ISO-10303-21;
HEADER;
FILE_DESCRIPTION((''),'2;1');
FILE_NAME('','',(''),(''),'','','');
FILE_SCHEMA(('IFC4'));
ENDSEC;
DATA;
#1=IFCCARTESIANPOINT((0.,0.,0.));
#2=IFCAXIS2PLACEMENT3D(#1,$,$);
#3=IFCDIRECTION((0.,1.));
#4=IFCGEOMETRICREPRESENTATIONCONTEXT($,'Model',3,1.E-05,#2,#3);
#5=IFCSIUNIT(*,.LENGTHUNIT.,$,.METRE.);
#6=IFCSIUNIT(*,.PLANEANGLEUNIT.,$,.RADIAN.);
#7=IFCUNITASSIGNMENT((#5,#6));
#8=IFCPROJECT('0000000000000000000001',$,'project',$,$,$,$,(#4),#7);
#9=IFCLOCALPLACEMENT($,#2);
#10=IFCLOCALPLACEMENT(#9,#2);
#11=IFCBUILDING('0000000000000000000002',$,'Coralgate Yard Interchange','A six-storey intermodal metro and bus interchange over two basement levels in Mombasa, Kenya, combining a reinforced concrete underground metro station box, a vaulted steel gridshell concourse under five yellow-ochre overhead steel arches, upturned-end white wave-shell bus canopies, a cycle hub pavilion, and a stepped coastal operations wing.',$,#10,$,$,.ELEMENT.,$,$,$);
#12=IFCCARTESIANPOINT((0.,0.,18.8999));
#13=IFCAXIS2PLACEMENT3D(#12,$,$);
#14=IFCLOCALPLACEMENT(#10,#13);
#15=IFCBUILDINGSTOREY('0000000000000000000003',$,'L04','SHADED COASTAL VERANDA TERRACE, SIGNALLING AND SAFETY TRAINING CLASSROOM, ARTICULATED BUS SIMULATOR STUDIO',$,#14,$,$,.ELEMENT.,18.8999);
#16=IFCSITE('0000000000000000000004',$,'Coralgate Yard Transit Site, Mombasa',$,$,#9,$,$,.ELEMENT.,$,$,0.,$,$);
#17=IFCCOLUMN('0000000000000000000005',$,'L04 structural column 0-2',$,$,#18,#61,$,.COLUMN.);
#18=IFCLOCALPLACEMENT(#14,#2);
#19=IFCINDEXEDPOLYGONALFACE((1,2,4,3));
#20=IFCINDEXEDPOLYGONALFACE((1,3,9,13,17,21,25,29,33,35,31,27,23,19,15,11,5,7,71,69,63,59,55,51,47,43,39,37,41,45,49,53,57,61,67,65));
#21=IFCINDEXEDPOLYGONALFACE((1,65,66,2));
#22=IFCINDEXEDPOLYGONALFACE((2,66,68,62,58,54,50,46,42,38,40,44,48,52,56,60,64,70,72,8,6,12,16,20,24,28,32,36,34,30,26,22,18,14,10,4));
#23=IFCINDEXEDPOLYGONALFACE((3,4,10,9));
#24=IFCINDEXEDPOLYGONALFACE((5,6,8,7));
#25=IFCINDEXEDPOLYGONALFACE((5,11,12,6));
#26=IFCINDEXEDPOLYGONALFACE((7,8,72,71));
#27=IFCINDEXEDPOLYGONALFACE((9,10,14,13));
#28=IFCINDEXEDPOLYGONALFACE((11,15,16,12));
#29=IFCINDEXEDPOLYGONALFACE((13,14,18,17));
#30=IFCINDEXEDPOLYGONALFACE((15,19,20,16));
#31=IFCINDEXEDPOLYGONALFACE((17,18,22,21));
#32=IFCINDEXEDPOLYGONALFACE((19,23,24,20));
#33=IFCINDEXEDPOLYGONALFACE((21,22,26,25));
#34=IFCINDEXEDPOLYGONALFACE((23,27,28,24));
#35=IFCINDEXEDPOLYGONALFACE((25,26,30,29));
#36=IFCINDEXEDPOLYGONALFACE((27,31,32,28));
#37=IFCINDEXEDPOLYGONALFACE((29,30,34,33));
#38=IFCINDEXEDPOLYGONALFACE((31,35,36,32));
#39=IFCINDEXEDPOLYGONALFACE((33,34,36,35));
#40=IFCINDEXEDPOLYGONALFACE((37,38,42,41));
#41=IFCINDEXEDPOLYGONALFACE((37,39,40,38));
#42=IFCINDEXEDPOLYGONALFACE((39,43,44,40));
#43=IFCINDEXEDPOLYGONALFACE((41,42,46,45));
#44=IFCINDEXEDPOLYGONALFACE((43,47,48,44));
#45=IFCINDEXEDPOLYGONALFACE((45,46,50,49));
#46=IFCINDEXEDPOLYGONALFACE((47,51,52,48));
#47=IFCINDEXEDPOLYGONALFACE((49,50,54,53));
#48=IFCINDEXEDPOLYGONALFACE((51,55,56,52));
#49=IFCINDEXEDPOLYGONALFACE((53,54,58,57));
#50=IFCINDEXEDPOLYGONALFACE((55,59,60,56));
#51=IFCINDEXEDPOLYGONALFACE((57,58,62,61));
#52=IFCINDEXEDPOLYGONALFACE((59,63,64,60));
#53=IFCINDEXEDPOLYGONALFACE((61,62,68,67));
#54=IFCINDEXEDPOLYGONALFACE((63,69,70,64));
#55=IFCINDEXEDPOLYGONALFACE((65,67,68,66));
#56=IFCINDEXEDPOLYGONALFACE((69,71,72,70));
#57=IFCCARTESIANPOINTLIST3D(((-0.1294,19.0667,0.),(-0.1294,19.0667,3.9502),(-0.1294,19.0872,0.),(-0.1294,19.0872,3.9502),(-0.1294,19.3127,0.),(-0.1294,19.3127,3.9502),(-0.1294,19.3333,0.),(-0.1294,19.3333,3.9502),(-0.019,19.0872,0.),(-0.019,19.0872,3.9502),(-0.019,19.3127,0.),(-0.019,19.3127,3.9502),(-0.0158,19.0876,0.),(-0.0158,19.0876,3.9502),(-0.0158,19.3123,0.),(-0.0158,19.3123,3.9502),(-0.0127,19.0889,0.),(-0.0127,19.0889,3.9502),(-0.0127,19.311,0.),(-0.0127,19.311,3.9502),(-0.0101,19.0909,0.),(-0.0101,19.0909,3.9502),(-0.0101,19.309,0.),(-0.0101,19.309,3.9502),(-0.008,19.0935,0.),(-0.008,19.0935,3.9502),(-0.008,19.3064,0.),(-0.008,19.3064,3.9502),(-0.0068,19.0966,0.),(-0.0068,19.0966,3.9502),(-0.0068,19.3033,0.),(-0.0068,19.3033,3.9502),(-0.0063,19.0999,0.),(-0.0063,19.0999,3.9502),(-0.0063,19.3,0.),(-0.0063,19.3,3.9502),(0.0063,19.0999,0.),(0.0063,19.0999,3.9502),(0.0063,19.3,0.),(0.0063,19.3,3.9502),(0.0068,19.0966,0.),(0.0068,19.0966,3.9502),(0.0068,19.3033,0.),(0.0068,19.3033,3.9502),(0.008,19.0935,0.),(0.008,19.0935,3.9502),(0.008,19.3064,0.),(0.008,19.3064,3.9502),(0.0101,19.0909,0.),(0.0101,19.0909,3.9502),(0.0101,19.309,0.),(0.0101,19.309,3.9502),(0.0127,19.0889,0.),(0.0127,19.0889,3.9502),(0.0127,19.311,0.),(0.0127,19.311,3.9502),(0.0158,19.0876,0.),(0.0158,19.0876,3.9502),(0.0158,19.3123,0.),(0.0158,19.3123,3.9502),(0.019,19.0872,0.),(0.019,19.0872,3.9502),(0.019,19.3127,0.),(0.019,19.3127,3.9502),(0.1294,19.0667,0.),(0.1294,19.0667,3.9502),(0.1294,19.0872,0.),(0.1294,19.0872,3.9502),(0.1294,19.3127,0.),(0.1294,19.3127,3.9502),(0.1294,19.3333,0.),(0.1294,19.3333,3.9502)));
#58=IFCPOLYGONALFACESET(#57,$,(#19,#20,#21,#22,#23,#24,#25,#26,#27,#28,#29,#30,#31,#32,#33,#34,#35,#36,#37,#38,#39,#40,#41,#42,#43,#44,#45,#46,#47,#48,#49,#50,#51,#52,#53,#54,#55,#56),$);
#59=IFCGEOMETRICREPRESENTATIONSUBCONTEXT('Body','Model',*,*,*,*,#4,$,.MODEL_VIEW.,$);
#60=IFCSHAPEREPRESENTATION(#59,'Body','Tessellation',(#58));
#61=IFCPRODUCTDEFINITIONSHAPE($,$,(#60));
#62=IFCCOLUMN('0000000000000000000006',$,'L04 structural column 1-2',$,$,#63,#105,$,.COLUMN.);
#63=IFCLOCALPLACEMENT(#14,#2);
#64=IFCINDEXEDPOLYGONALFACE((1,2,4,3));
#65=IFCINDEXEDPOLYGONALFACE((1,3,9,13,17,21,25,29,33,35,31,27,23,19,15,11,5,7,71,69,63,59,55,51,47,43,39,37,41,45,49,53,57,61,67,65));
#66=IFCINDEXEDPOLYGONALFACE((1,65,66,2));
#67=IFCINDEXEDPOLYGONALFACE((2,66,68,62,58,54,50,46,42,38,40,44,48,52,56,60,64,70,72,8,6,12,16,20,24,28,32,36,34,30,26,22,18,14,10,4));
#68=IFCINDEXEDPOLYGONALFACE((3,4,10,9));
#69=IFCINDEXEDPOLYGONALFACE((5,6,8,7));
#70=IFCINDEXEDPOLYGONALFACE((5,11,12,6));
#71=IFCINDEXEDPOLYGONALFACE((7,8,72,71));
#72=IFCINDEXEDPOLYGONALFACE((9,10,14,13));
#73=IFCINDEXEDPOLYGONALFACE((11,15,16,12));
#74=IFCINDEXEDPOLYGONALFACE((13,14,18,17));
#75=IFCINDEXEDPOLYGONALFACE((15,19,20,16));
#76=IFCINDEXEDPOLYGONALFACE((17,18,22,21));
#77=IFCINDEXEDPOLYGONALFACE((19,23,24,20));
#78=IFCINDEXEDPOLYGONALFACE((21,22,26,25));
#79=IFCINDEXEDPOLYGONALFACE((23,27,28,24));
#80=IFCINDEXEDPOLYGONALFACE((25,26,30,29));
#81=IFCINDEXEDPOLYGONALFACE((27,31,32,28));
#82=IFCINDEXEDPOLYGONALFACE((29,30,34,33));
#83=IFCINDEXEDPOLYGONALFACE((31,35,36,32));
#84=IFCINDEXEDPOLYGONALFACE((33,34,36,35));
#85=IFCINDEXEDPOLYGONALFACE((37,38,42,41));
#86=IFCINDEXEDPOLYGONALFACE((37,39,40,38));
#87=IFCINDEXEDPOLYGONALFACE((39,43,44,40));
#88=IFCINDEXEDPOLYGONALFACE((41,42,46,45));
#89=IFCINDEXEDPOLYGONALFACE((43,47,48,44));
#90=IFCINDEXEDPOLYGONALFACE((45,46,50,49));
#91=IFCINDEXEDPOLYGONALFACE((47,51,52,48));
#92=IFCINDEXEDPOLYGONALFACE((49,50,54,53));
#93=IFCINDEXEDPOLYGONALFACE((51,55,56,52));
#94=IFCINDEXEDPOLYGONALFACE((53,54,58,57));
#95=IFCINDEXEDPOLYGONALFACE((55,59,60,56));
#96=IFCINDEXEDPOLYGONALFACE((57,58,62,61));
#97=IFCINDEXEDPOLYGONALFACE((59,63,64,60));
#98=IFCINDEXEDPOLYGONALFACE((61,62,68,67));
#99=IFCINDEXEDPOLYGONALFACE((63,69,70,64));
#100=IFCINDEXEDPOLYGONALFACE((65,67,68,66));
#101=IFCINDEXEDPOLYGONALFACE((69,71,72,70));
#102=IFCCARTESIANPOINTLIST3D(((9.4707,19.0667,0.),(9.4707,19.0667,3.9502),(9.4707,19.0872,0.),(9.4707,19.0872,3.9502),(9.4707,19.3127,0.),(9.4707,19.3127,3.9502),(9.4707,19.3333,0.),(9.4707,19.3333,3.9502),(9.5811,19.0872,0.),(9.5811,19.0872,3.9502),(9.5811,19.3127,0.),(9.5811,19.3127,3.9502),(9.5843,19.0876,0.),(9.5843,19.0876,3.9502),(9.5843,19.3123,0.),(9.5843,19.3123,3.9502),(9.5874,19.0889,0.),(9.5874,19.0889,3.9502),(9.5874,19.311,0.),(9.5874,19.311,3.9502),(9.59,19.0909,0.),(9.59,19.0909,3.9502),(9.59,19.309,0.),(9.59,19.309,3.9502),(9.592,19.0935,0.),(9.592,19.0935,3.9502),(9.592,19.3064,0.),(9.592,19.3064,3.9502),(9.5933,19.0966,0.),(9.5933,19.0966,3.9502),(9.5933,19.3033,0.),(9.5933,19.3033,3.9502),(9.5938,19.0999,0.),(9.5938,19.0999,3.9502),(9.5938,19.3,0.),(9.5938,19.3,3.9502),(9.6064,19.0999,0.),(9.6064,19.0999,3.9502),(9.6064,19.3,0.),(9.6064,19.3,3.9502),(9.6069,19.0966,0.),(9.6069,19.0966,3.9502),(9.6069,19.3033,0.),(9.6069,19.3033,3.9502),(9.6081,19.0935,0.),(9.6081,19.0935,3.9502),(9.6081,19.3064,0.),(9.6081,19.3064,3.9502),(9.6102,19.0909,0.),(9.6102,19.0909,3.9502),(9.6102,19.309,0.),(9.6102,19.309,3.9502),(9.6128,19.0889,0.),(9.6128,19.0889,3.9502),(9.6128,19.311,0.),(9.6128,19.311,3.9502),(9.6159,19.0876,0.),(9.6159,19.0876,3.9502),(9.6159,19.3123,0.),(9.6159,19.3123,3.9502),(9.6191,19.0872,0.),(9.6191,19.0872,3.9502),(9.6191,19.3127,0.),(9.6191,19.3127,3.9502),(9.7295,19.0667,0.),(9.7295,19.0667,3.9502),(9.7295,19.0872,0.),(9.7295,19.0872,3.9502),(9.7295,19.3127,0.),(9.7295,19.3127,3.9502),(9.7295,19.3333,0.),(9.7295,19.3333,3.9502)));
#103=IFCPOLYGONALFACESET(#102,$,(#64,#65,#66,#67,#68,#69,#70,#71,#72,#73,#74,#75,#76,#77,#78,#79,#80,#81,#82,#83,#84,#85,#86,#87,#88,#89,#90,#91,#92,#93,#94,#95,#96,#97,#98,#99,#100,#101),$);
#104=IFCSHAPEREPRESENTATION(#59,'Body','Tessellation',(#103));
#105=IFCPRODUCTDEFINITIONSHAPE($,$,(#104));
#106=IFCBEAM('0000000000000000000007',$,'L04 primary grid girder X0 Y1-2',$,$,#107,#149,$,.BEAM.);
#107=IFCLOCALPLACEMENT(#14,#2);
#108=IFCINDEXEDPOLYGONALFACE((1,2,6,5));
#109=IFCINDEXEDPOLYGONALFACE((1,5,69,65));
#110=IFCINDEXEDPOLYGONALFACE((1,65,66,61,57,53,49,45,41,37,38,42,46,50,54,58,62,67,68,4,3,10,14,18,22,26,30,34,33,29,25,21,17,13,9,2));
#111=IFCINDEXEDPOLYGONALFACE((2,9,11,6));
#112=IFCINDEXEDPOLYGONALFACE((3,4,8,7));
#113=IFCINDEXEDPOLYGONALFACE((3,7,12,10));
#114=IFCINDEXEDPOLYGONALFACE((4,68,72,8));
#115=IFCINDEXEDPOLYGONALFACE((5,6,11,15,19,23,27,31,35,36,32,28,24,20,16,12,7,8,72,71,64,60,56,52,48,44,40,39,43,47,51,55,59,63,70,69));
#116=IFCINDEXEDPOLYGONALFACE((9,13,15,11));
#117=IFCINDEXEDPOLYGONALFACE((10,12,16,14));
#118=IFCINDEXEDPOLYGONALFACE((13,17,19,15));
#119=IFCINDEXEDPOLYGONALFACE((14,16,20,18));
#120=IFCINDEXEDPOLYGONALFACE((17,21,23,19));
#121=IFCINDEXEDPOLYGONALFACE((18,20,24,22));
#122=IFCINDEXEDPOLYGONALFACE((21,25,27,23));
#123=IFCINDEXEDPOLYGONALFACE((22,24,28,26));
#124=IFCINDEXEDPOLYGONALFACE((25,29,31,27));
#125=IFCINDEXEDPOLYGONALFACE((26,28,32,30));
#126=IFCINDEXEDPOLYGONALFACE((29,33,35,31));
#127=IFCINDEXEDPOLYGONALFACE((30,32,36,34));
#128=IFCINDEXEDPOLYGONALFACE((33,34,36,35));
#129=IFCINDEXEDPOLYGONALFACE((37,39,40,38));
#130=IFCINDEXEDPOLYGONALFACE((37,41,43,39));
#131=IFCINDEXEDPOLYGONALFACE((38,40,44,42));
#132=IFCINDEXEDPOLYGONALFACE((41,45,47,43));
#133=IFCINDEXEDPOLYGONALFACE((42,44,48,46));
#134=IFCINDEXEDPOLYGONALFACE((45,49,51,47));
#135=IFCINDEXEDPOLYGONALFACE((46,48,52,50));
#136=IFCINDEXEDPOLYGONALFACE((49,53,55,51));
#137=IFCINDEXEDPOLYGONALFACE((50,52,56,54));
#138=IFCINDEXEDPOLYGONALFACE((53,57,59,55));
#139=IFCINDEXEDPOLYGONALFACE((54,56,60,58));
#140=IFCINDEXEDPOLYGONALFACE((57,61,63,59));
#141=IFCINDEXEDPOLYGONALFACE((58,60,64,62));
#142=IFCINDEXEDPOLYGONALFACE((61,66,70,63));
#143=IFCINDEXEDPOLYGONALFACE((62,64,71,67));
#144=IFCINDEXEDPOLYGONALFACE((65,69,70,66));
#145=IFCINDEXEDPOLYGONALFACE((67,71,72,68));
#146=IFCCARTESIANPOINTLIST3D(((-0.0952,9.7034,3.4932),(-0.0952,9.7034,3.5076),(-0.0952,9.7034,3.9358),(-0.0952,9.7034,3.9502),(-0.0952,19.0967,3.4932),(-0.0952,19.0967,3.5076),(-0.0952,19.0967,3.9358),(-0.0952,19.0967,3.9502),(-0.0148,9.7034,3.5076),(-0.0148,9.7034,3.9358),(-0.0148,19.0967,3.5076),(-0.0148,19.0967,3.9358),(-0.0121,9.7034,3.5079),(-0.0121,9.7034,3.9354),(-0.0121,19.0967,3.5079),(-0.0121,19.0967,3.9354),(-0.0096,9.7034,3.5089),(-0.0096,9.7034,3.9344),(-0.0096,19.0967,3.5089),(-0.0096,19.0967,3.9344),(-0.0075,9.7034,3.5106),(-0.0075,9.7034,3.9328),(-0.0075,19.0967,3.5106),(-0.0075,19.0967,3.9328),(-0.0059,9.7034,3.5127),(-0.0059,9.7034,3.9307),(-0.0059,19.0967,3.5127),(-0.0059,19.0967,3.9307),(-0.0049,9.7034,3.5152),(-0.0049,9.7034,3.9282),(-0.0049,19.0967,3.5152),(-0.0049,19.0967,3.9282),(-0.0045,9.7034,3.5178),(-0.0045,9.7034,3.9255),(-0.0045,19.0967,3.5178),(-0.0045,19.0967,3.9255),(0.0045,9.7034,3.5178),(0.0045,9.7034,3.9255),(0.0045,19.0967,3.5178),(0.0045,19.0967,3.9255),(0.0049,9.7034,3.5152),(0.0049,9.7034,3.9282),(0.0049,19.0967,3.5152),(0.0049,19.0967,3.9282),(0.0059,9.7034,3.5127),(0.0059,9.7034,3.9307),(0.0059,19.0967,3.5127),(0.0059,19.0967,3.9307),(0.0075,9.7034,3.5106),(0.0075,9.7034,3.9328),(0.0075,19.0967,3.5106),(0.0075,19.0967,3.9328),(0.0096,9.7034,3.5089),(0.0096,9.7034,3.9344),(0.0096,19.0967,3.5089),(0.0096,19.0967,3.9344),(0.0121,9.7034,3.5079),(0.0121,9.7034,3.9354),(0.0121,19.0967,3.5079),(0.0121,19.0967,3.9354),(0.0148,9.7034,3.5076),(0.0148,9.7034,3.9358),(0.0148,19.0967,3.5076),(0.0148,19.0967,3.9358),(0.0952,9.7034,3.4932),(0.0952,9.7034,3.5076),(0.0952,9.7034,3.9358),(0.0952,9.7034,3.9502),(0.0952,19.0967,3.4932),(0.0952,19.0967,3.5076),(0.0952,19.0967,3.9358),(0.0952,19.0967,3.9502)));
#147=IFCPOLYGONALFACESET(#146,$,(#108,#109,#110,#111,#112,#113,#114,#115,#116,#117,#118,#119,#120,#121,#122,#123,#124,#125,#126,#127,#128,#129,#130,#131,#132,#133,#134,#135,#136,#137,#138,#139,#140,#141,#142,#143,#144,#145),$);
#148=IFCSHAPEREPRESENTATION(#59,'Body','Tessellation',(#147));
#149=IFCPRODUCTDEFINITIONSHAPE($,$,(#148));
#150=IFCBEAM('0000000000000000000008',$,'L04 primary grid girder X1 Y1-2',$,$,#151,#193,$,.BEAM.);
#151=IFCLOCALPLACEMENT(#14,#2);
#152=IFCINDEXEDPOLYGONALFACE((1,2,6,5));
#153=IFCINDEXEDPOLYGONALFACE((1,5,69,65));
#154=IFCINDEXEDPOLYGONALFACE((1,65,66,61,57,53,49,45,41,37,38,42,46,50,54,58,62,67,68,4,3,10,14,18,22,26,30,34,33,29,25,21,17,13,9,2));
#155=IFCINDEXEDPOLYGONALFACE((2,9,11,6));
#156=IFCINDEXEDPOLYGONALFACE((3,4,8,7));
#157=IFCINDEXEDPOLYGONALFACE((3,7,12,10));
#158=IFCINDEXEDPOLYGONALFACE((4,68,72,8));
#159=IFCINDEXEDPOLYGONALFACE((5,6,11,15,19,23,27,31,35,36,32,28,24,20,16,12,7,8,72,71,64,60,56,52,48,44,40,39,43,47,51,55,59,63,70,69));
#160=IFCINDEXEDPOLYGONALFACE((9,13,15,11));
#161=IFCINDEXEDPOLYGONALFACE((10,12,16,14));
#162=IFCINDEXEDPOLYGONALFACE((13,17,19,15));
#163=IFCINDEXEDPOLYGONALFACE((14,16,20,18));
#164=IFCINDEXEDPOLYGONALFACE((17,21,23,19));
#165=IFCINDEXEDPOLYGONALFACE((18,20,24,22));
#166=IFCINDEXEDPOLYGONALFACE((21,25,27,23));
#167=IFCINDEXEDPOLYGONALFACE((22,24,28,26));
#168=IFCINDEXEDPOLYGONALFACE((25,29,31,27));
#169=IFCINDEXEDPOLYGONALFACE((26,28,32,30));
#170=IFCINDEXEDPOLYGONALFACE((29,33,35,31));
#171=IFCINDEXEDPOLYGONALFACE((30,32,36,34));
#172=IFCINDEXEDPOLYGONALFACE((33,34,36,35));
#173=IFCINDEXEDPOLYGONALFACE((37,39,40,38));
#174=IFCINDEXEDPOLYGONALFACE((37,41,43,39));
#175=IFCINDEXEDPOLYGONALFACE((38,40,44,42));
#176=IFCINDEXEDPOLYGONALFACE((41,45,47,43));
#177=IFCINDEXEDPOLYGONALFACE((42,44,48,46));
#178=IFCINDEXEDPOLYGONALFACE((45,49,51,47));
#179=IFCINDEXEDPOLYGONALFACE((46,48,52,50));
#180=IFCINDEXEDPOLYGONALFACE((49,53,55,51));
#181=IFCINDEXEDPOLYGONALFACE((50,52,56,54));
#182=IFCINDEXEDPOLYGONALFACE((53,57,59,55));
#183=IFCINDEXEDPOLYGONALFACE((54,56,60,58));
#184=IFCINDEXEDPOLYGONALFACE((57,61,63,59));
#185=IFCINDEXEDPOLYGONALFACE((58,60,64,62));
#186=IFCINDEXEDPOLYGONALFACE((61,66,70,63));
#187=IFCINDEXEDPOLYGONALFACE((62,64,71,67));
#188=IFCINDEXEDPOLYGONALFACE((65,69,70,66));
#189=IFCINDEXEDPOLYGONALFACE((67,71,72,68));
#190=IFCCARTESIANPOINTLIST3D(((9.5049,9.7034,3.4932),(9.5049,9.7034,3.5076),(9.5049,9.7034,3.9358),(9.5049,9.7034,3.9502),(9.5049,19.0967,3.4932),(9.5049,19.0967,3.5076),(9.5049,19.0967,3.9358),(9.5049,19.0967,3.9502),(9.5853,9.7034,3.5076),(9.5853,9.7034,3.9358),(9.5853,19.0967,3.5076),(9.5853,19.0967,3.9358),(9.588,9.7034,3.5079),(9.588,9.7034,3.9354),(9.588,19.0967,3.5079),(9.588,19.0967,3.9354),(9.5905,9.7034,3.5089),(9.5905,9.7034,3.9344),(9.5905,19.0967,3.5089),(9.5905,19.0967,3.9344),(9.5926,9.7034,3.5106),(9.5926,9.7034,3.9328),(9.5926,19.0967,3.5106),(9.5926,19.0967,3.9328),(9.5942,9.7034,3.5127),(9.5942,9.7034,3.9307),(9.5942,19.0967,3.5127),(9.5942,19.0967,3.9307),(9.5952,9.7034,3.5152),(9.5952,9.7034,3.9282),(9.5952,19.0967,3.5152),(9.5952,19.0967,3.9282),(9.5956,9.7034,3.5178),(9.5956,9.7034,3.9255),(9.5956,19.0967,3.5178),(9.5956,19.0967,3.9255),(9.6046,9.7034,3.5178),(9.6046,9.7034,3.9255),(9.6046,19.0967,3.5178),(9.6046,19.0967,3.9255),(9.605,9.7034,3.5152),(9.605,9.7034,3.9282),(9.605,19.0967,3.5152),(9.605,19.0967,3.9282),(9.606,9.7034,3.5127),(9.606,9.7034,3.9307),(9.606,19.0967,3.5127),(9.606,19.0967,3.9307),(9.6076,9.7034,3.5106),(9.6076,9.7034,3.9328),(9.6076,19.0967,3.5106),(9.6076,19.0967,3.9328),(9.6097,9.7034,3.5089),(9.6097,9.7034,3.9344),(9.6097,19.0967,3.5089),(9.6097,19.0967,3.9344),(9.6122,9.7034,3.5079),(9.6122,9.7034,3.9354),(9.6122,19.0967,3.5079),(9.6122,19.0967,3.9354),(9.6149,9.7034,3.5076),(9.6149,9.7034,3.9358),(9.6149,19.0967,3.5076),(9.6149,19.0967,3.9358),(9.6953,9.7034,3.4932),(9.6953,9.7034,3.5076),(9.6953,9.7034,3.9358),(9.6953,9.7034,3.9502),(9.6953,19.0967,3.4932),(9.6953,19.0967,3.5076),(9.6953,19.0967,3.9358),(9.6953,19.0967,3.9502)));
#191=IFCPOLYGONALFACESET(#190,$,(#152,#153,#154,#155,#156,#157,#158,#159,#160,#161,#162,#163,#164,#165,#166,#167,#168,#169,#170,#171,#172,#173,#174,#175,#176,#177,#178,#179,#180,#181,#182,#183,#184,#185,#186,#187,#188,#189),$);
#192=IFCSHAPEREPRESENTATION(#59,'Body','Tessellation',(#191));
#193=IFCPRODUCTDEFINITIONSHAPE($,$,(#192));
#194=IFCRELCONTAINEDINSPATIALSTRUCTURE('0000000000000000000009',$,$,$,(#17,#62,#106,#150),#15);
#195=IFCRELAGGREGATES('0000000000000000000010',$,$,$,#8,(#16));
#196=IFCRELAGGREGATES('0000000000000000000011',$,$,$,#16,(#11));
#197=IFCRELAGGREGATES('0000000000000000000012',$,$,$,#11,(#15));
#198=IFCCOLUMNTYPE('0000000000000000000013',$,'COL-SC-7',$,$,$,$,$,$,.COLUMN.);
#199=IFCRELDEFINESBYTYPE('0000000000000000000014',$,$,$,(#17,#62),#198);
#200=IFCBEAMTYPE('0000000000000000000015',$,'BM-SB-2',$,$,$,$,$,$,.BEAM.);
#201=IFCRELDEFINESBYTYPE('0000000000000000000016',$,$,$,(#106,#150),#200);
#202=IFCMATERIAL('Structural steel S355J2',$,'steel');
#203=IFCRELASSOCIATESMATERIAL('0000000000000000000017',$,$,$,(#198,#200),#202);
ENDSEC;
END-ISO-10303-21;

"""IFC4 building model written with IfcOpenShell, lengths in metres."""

from ifc_helpers import new_model, si_unit, direction, frame, origin, origin_2d, place, context, subcontext, project, spatial, i_section, extrude, material, material_profile, profile_set, type_object, element, save


model = new_model("IFC4")

# Units and contexts
model_context = context("Model", 3, precision=1e-05, world=origin(), true_north=direction((0.0, 1.0)))
body_context = subcontext(model_context, "Body", "Model", "MODEL_VIEW")
ifc_project = project(units=[si_unit("LENGTHUNIT", "METRE"), si_unit("PLANEANGLEUNIT", "RADIAN")], contexts=[model_context])

# Site, building, storey
site_placement = place(None, origin())
site = spatial("IfcSite", under=ifc_project, at=site_placement, Name="Coralgate Yard Transit Site, Mombasa", CompositionType="ELEMENT", RefElevation=0.0)
building_placement = place(site_placement, origin())
building = spatial("IfcBuilding", under=site, at=building_placement, Name="Coralgate Yard Interchange", Description="A six-storey intermodal metro and bus interchange over two basement levels in Mombasa, Kenya, combining a reinforced concrete underground metro station box, a vaulted steel gridshell concourse under five yellow-ochre overhead steel arches, upturned-end white wave-shell bus canopies, a cycle hub pavilion, and a stepped coastal operations wing.", CompositionType="ELEMENT")
storey_placement = place(building_placement, frame((0.0, 0.0, 18.8999)))
storey = spatial("IfcBuildingStorey", under=building, at=storey_placement, Name="L04", Description="SHADED COASTAL VERANDA TERRACE, SIGNALLING AND SAFETY TRAINING CLASSROOM, ARTICULATED BUS SIMULATOR STUDIO", CompositionType="ELEMENT", Elevation=18.8999)

# Columns
ifc_material_1 = material(Name="Structural steel S355J2", Category="steel")
ifc_material_profile_1 = material_profile(ifc_material_1, i_section(OverallWidth=0.2588, OverallDepth=0.2666, WebThickness=0.0127, FlangeThickness=0.0205, FilletRadius=0.0127, at=origin_2d()), Name="UC 254x254x107")
ifc_profile_set_1 = profile_set([ifc_material_profile_1], Name="Structural steel S355J2")
column_type = type_object("IfcColumnType", Name="COL-SC-7", PredefinedType="COLUMN", material=ifc_profile_set_1)
for number, where, z_axis, x_axis, name in (
    (1, (0.0, 19.2, 0.0), (0.0, 0.0, 1.0), (1.0, 0.0, 0.0), "L04 structural column 0-2"),
    (2, (9.6001, 19.2, 0.0), (0.0, 0.0, 1.0), (1.0, 0.0, 0.0), "L04 structural column 1-2"),
):
    element("IfcColumn", number, at=place(storey_placement, frame(where, z_axis=z_axis, x_axis=x_axis)), inside=storey, type_object=column_type, Name=name, PredefinedType="COLUMN", context=body_context, shape_type="SweptSolid", body=[
        extrude(i_section(OverallWidth=0.2588, OverallDepth=0.2666, WebThickness=0.0127, FlangeThickness=0.0205, FilletRadius=0.0127, at=origin_2d()), origin(), (0.0, 0.0, 1.0), 3.9502),
    ])

# Beams
ifc_material_profile_2 = material_profile(ifc_material_1, i_section(OverallWidth=0.1904, OverallDepth=0.457, WebThickness=0.009, FlangeThickness=0.0144, FilletRadius=0.0103, at=origin_2d()), Name="UB 457x191x74")
ifc_profile_set_2 = profile_set([ifc_material_profile_2], Name="Structural steel S355J2")
beam_type_1 = type_object("IfcBeamType", Name="BM-SB-2", PredefinedType="BEAM", material=ifc_profile_set_2)
for number, where, z_axis, x_axis, name in (
    (3, (0.0, 9.7034, 3.7217), (0.0, 1.0, 0.0), (-1.0, 0.0, 0.0), "L04 primary grid girder X0 Y1-2"),
    (4, (9.6001, 9.7034, 3.7217), (0.0, 1.0, 0.0), (-1.0, 0.0, 0.0), "L04 primary grid girder X1 Y1-2"),
):
    element("IfcBeam", number, at=place(storey_placement, frame(where, z_axis=z_axis, x_axis=x_axis)), inside=storey, type_object=beam_type_1, Name=name, PredefinedType="BEAM", context=body_context, shape_type="SweptSolid", body=[
        extrude(i_section(OverallWidth=0.1904, OverallDepth=0.457, WebThickness=0.009, FlangeThickness=0.0144, FilletRadius=0.0103, at=origin_2d()), origin(), (0.0, 0.0, 1.0), 9.3933),
    ])

save(model, "model.ifc")
